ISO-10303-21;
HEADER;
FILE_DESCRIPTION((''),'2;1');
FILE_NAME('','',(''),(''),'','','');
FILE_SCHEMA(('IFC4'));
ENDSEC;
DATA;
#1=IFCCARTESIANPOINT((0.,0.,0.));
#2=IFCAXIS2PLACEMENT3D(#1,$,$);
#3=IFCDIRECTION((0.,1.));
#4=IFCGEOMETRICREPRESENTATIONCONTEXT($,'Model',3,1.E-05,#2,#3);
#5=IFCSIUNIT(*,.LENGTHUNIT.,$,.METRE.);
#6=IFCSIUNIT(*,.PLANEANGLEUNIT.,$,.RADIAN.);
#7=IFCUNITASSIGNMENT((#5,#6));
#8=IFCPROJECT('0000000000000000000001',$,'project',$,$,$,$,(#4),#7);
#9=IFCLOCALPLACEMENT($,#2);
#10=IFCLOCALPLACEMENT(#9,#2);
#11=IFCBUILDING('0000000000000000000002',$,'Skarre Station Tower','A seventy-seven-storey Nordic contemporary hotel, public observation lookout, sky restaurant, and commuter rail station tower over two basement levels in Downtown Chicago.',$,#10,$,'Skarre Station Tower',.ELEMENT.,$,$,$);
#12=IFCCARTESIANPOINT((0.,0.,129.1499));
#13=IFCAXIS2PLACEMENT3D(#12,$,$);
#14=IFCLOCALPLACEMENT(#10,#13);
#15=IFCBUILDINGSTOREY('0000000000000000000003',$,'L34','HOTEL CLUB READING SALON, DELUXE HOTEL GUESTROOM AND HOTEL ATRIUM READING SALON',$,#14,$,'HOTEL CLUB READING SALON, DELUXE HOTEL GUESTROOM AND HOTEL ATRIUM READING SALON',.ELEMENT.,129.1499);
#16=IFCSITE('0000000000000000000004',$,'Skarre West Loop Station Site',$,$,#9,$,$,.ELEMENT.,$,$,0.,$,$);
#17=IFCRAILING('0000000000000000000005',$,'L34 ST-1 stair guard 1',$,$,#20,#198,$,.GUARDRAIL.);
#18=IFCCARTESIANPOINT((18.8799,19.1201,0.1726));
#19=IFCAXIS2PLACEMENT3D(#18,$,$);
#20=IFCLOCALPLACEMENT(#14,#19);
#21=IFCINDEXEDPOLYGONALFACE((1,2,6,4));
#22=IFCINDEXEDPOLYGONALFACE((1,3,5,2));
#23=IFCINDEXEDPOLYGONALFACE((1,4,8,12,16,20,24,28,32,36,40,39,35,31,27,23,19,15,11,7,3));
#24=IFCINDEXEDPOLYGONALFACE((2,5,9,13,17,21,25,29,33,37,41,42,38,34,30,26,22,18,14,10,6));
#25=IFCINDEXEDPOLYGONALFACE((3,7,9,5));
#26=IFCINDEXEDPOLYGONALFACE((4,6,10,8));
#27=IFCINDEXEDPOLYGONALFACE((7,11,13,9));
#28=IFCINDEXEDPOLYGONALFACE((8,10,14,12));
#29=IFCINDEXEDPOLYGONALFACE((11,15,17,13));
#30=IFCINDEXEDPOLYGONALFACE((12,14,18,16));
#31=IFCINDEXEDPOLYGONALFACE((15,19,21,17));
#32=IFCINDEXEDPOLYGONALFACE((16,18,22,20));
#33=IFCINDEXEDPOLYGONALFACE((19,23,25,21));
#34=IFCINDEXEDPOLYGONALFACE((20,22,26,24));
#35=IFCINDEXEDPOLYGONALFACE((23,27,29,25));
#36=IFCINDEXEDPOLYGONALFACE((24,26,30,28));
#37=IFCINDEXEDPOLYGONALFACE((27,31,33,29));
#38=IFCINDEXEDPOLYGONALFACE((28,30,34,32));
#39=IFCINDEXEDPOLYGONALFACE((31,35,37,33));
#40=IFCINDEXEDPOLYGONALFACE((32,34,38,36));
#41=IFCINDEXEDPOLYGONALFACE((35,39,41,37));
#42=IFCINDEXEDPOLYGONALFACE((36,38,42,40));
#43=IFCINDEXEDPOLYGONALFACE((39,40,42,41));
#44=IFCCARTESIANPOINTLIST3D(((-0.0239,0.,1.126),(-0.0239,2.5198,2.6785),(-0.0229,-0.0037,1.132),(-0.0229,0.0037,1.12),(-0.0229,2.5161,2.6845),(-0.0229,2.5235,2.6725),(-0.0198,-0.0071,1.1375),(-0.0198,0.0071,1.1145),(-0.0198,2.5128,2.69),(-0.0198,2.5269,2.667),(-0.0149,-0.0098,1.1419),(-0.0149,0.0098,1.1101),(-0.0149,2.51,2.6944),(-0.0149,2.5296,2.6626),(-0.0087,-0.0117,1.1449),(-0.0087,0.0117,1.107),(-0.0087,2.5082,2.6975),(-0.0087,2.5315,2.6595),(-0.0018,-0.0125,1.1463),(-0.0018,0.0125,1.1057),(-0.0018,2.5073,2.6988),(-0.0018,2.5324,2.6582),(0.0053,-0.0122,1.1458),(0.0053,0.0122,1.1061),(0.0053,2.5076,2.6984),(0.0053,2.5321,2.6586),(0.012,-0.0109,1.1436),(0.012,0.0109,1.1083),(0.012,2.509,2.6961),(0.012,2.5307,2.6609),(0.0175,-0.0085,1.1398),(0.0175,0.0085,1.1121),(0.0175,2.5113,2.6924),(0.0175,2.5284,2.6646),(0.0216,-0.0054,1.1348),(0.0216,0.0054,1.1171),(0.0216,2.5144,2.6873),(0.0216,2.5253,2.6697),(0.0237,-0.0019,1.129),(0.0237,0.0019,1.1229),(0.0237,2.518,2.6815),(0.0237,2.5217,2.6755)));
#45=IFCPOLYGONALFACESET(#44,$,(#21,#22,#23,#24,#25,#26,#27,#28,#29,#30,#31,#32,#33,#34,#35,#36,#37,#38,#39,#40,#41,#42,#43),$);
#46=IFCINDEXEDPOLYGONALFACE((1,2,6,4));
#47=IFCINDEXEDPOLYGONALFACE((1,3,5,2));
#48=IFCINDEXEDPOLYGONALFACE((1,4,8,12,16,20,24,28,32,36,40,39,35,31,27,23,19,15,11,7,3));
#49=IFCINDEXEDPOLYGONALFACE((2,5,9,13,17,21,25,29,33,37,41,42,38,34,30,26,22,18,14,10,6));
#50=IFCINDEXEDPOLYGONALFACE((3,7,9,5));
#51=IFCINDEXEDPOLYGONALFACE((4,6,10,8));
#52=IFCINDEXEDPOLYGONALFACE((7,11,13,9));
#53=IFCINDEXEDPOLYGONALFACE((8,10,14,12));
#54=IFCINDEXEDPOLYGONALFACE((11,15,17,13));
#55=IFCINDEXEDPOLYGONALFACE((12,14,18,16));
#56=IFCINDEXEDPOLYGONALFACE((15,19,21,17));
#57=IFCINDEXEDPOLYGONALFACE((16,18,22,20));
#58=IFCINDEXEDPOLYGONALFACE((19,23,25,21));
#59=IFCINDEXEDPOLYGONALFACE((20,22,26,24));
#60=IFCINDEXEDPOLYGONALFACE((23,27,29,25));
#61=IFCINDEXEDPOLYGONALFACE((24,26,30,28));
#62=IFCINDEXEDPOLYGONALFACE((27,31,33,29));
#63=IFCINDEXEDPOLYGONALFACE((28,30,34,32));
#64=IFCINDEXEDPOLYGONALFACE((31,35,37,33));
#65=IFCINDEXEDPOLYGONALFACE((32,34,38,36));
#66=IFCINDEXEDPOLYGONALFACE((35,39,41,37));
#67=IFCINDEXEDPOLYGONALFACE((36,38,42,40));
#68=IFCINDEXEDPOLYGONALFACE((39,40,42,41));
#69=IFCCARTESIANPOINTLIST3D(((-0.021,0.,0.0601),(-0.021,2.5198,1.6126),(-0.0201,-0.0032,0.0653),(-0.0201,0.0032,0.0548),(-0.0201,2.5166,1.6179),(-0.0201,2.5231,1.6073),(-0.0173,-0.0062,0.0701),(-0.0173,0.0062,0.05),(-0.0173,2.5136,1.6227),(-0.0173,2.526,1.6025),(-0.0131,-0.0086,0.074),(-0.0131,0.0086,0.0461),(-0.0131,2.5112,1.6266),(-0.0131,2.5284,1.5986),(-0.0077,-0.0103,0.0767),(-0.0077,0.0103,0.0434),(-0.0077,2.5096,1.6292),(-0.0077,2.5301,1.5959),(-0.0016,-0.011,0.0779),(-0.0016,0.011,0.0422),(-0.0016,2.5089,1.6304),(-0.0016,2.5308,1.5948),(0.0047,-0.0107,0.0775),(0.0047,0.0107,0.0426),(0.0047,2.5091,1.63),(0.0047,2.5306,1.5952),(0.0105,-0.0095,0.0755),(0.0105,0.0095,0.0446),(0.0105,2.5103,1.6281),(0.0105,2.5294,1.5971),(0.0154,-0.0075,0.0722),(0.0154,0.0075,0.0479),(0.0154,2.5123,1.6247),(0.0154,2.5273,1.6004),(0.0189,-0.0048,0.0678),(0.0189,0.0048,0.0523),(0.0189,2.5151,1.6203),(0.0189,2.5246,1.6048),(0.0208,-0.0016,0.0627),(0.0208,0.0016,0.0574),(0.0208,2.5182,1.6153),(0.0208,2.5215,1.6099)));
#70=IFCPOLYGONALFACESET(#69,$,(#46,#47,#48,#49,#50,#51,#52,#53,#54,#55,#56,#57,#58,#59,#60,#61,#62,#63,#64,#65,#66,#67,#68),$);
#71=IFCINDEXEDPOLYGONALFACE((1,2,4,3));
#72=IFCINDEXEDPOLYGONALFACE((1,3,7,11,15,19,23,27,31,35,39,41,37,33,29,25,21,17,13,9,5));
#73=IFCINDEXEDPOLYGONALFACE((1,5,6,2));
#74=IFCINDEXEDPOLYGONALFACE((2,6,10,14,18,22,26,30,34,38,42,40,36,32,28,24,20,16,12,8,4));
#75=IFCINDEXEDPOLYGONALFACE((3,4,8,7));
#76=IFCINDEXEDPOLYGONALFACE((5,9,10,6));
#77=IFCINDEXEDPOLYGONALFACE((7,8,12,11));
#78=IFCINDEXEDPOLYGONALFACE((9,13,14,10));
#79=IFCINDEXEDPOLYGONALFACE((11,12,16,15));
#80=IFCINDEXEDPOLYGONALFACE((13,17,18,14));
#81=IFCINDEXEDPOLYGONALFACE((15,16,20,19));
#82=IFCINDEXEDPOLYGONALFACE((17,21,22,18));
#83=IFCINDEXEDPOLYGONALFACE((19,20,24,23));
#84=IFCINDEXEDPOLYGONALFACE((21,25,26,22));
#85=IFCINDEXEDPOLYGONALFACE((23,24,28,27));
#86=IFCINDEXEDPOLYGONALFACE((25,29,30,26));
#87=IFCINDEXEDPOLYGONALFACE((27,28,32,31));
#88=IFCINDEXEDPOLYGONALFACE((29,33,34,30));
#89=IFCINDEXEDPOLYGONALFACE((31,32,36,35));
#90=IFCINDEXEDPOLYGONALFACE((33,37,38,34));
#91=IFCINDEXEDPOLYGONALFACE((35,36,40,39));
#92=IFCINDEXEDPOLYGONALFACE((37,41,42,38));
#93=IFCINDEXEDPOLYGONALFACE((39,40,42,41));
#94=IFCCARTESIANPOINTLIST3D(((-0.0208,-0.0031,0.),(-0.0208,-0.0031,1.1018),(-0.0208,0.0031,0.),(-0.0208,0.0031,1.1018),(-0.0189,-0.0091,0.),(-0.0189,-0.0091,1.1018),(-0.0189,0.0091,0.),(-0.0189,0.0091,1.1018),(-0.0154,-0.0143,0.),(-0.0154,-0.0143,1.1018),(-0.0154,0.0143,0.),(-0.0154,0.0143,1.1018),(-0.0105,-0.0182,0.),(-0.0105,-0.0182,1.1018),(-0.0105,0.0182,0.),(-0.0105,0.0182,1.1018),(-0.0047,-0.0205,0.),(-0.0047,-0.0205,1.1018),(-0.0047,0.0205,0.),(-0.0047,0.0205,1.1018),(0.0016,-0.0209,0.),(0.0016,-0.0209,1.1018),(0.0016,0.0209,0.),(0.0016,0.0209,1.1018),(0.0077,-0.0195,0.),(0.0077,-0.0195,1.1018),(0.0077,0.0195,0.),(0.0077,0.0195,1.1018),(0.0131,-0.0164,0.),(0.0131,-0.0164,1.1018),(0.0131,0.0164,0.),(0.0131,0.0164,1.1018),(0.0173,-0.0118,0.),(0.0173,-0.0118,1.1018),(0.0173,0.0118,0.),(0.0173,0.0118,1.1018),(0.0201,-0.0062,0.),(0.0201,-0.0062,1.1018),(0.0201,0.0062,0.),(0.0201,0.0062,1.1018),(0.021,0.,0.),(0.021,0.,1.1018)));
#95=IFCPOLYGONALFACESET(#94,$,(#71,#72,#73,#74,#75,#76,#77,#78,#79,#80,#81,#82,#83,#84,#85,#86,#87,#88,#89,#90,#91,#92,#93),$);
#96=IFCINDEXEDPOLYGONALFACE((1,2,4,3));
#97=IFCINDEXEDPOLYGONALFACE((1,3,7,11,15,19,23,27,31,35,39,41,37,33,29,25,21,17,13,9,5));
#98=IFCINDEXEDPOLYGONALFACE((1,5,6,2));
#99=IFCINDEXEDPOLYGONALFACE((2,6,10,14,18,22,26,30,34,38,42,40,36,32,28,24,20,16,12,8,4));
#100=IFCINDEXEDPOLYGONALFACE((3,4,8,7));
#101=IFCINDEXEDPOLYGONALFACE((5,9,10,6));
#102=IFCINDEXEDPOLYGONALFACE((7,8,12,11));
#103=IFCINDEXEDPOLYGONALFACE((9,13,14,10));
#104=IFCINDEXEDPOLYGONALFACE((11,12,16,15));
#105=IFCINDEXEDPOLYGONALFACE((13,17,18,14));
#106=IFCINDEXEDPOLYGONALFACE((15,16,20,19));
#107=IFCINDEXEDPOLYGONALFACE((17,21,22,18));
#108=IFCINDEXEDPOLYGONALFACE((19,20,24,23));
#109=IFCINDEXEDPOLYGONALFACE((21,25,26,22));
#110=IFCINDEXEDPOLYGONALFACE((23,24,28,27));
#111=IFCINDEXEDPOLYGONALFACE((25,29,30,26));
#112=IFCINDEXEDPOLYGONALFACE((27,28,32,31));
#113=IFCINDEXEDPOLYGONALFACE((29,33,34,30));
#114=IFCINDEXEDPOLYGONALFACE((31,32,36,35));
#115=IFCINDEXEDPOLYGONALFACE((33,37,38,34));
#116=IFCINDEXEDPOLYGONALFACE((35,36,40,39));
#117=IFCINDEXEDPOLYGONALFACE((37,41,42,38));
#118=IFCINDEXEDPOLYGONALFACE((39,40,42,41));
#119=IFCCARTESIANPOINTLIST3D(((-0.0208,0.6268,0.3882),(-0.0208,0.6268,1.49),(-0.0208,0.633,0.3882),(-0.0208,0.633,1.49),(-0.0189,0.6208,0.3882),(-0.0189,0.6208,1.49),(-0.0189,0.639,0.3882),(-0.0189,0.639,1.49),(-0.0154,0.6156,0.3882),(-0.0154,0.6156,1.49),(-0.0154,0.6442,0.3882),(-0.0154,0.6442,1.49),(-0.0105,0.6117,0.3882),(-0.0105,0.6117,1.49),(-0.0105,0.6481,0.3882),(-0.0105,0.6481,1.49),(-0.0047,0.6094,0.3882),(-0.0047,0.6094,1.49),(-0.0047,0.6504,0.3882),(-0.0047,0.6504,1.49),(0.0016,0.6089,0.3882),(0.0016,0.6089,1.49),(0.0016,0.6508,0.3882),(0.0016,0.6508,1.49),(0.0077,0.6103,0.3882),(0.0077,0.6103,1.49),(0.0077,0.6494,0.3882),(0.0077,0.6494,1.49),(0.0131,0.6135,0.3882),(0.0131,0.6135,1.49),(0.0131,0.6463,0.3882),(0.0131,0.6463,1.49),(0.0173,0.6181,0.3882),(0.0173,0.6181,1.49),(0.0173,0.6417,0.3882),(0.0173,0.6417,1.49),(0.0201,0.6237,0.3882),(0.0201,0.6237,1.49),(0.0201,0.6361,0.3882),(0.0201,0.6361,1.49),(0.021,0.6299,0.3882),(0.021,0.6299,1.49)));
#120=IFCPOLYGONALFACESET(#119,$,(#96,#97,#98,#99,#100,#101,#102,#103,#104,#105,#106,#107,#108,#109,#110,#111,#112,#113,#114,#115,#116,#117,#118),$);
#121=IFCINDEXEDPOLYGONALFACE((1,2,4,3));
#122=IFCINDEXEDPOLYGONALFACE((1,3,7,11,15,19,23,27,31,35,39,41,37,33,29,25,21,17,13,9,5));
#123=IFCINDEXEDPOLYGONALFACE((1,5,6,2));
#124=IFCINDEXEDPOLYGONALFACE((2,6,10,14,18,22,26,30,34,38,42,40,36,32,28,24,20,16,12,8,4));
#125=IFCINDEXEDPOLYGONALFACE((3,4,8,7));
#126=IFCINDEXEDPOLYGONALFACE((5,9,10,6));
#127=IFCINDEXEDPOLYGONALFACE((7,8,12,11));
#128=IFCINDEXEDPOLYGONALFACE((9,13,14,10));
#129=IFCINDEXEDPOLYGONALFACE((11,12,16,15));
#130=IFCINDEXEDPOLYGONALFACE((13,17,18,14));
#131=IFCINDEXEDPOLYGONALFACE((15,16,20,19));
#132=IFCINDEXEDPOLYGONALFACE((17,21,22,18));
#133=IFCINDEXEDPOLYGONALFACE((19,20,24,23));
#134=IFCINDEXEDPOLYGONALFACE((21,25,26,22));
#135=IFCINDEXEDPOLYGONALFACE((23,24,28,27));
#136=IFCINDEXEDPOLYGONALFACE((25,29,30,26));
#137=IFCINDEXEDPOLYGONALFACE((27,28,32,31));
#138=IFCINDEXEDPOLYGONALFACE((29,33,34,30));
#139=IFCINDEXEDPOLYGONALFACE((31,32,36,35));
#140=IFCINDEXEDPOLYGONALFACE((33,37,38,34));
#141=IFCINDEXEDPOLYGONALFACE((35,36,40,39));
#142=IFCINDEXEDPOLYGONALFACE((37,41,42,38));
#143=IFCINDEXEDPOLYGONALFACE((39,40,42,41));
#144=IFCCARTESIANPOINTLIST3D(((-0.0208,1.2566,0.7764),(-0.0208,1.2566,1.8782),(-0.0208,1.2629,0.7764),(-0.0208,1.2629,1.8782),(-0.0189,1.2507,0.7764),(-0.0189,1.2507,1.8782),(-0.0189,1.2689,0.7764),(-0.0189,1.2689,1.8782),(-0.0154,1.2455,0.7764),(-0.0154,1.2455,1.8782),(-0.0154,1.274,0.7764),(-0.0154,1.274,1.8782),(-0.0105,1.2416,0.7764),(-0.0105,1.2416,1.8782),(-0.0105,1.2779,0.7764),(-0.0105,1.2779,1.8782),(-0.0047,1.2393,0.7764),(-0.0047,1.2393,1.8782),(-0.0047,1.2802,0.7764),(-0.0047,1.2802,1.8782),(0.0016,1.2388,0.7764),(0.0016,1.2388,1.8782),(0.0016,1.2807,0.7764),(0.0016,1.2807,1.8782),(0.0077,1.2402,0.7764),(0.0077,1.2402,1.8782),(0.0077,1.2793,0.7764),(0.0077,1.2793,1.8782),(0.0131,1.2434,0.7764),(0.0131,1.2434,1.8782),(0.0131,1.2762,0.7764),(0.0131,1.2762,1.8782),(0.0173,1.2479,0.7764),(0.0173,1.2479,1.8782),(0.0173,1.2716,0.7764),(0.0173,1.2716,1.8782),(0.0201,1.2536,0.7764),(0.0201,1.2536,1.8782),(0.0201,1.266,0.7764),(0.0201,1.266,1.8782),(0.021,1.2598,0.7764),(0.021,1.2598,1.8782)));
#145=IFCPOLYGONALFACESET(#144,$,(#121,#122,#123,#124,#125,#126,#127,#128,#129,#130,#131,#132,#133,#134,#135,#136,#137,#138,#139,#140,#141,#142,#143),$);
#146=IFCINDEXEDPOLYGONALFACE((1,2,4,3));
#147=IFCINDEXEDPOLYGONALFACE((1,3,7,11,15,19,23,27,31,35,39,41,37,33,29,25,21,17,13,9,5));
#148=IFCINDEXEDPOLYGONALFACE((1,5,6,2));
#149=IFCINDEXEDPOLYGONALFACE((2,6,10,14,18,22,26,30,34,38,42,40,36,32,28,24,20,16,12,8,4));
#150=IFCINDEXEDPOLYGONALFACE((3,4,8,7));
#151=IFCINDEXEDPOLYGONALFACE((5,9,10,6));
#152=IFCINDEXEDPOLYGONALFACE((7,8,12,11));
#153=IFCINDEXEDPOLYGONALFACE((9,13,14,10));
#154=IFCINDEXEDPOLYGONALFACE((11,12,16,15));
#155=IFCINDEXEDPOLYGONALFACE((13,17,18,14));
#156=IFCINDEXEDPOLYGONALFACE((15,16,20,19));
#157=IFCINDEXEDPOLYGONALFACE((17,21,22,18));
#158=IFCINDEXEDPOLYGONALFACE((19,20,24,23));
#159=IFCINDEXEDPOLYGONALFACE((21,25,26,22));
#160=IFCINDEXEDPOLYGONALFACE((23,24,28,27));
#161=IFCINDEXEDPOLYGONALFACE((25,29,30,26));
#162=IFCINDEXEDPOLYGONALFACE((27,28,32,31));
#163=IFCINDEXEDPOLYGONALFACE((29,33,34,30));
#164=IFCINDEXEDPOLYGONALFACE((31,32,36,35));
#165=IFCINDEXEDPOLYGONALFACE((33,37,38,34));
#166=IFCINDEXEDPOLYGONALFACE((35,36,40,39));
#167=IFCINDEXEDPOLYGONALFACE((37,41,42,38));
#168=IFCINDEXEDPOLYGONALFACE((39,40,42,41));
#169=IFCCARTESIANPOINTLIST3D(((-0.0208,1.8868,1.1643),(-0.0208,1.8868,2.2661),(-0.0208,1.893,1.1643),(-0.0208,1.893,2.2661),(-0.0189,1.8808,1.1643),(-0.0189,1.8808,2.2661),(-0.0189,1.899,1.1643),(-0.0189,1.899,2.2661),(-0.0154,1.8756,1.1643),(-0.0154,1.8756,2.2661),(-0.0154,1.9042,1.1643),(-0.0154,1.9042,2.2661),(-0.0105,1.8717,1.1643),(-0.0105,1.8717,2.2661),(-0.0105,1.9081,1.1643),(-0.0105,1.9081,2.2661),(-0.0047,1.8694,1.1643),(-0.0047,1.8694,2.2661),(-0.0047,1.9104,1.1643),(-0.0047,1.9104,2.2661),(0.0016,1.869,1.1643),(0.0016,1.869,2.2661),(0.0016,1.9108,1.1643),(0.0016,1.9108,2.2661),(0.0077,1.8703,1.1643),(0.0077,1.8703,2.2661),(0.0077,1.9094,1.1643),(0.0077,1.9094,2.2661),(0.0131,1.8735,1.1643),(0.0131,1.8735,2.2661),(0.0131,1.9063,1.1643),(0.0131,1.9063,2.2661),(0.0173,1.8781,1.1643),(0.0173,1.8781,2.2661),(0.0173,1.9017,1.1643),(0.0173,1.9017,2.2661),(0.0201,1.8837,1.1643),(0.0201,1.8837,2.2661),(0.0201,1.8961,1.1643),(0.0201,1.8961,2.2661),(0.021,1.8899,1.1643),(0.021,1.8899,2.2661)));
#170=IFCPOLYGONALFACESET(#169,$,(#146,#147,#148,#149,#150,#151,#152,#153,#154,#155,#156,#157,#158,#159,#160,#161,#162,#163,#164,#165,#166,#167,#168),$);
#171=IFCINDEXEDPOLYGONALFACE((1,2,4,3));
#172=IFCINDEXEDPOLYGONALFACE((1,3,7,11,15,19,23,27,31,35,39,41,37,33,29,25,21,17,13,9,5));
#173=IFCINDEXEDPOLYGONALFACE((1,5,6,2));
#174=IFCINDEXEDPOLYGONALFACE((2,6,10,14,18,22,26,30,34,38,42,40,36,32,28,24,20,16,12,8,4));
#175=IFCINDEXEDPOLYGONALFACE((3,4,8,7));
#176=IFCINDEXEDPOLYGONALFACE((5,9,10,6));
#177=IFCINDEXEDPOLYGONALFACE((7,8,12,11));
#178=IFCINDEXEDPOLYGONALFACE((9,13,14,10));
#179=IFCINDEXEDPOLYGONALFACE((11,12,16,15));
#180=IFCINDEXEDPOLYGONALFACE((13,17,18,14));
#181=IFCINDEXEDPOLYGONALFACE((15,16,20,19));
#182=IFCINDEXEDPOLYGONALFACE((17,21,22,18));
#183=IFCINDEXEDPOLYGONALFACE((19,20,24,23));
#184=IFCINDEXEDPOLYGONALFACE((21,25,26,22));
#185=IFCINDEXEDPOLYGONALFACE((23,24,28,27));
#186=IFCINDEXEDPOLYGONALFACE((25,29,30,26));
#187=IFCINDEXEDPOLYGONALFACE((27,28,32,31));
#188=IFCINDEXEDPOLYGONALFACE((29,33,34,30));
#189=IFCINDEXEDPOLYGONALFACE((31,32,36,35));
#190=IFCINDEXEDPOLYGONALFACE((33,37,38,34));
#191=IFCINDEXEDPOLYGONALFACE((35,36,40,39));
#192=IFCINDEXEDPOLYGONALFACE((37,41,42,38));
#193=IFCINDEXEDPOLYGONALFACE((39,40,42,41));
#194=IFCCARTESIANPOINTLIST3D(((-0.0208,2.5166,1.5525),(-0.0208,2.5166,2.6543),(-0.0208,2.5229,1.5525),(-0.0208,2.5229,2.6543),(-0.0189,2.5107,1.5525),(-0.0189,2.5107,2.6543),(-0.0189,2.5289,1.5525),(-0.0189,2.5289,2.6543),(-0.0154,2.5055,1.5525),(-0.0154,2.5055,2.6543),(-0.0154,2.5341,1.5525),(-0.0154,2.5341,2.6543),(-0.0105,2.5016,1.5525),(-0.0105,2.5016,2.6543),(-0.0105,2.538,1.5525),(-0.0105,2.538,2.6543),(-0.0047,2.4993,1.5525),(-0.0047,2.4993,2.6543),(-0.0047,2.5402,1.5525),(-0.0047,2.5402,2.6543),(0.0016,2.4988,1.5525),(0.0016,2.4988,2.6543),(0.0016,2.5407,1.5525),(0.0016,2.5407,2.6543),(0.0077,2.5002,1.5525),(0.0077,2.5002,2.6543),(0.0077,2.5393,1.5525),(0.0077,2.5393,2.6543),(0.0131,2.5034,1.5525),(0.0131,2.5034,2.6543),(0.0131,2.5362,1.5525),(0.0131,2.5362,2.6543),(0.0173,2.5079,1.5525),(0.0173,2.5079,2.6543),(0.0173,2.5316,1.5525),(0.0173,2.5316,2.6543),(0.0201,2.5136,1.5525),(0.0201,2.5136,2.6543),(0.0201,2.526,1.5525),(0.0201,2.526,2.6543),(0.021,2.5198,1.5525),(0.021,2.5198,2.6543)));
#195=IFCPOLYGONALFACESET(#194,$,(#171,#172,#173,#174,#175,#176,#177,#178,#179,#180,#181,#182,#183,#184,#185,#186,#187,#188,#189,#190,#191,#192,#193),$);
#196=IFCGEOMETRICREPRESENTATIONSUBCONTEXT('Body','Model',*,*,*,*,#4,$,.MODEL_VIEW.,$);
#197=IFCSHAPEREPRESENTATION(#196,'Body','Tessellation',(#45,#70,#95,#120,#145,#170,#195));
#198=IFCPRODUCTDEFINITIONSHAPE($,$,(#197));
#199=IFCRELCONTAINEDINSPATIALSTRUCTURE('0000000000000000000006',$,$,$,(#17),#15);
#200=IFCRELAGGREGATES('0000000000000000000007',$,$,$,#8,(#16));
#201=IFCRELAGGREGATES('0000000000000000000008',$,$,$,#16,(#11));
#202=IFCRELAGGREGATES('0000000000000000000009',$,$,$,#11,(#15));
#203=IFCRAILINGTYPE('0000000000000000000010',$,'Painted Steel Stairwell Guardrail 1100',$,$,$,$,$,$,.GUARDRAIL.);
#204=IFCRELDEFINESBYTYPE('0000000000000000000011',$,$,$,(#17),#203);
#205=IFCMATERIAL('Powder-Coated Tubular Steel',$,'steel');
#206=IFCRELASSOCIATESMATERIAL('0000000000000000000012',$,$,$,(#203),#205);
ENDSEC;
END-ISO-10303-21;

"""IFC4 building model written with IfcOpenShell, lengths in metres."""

from ifc_helpers import new_model, si_unit, direction, frame, origin, origin_2d, place, context, subcontext, project, spatial, circle, extrude, material, type_object, element, save


model = new_model("IFC4")

# Units and contexts
model_context = context("Model", 3, precision=1e-05, world=origin(), true_north=direction((0.0, 1.0)))
body_context = subcontext(model_context, "Body", "Model", "MODEL_VIEW")
ifc_project = project(units=[si_unit("LENGTHUNIT", "METRE"), si_unit("PLANEANGLEUNIT", "RADIAN")], contexts=[model_context])

# Site, building, storey
site_placement = place(None, origin())
site = spatial("IfcSite", under=ifc_project, at=site_placement, Name="Skarre West Loop Station Site", CompositionType="ELEMENT", RefElevation=0.0)
building_placement = place(site_placement, origin())
building = spatial("IfcBuilding", under=site, at=building_placement, Name="Skarre Station Tower", Description="A seventy-seven-storey Nordic contemporary hotel, public observation lookout, sky restaurant, and commuter rail station tower over two basement levels in Downtown Chicago.", LongName="Skarre Station Tower", CompositionType="ELEMENT")
storey_placement = place(building_placement, frame((0.0, 0.0, 129.1499)))
storey = spatial("IfcBuildingStorey", under=building, at=storey_placement, Name="L34", Description="HOTEL CLUB READING SALON, DELUXE HOTEL GUESTROOM AND HOTEL ATRIUM READING SALON", LongName="HOTEL CLUB READING SALON, DELUXE HOTEL GUESTROOM AND HOTEL ATRIUM READING SALON", CompositionType="ELEMENT", Elevation=129.1499)

# Railing
ifc_material_1 = material(Name="Powder-Coated Tubular Steel", Category="steel")
railing_type_1 = type_object("IfcRailingType", Name="Painted Steel Stairwell Guardrail 1100", PredefinedType="GUARDRAIL", material=ifc_material_1)
railing_1_placement = place(storey_placement, frame((18.8799, 19.1201, 0.1726)))
element("IfcRailing", 1, at=railing_1_placement, inside=storey, type_object=railing_type_1, Name="L34 ST-1 stair guard 1", PredefinedType="GUARDRAIL", context=body_context, shape_type="SweptSolid", body=[
    extrude(circle(Radius=0.0239, at=origin_2d()), frame((0.0, 0.0, 1.126), z_axis=(0.0, 0.851378, 0.524553), x_axis=(-1.0, 0.0, 0.0)), (0.0, 0.0, 1.0), 2.9597),
    extrude(circle(Radius=0.021, at=origin_2d()), frame((0.0, 0.0, 0.0601), z_axis=(0.0, 0.851378, 0.524553), x_axis=(-1.0, 0.0, 0.0)), (0.0, 0.0, 1.0), 2.9597),
    extrude(circle(Radius=0.021, at=origin_2d()), origin(), (0.0, 0.0, 1.0), 1.1018),
    extrude(circle(Radius=0.021, at=origin_2d()), frame((0.0, 0.6299, 0.3882)), (0.0, 0.0, 1.0), 1.1018),
    extrude(circle(Radius=0.021, at=origin_2d()), frame((0.0, 1.2598, 0.7764)), (0.0, 0.0, 1.0), 1.1018),
    extrude(circle(Radius=0.021, at=origin_2d()), frame((0.0, 1.8899, 1.1643)), (0.0, 0.0, 1.0), 1.1018),
    extrude(circle(Radius=0.021, at=origin_2d()), frame((0.0, 2.5198, 1.5525)), (0.0, 0.0, 1.0), 1.1018),
])

save(model, "model.ifc")
